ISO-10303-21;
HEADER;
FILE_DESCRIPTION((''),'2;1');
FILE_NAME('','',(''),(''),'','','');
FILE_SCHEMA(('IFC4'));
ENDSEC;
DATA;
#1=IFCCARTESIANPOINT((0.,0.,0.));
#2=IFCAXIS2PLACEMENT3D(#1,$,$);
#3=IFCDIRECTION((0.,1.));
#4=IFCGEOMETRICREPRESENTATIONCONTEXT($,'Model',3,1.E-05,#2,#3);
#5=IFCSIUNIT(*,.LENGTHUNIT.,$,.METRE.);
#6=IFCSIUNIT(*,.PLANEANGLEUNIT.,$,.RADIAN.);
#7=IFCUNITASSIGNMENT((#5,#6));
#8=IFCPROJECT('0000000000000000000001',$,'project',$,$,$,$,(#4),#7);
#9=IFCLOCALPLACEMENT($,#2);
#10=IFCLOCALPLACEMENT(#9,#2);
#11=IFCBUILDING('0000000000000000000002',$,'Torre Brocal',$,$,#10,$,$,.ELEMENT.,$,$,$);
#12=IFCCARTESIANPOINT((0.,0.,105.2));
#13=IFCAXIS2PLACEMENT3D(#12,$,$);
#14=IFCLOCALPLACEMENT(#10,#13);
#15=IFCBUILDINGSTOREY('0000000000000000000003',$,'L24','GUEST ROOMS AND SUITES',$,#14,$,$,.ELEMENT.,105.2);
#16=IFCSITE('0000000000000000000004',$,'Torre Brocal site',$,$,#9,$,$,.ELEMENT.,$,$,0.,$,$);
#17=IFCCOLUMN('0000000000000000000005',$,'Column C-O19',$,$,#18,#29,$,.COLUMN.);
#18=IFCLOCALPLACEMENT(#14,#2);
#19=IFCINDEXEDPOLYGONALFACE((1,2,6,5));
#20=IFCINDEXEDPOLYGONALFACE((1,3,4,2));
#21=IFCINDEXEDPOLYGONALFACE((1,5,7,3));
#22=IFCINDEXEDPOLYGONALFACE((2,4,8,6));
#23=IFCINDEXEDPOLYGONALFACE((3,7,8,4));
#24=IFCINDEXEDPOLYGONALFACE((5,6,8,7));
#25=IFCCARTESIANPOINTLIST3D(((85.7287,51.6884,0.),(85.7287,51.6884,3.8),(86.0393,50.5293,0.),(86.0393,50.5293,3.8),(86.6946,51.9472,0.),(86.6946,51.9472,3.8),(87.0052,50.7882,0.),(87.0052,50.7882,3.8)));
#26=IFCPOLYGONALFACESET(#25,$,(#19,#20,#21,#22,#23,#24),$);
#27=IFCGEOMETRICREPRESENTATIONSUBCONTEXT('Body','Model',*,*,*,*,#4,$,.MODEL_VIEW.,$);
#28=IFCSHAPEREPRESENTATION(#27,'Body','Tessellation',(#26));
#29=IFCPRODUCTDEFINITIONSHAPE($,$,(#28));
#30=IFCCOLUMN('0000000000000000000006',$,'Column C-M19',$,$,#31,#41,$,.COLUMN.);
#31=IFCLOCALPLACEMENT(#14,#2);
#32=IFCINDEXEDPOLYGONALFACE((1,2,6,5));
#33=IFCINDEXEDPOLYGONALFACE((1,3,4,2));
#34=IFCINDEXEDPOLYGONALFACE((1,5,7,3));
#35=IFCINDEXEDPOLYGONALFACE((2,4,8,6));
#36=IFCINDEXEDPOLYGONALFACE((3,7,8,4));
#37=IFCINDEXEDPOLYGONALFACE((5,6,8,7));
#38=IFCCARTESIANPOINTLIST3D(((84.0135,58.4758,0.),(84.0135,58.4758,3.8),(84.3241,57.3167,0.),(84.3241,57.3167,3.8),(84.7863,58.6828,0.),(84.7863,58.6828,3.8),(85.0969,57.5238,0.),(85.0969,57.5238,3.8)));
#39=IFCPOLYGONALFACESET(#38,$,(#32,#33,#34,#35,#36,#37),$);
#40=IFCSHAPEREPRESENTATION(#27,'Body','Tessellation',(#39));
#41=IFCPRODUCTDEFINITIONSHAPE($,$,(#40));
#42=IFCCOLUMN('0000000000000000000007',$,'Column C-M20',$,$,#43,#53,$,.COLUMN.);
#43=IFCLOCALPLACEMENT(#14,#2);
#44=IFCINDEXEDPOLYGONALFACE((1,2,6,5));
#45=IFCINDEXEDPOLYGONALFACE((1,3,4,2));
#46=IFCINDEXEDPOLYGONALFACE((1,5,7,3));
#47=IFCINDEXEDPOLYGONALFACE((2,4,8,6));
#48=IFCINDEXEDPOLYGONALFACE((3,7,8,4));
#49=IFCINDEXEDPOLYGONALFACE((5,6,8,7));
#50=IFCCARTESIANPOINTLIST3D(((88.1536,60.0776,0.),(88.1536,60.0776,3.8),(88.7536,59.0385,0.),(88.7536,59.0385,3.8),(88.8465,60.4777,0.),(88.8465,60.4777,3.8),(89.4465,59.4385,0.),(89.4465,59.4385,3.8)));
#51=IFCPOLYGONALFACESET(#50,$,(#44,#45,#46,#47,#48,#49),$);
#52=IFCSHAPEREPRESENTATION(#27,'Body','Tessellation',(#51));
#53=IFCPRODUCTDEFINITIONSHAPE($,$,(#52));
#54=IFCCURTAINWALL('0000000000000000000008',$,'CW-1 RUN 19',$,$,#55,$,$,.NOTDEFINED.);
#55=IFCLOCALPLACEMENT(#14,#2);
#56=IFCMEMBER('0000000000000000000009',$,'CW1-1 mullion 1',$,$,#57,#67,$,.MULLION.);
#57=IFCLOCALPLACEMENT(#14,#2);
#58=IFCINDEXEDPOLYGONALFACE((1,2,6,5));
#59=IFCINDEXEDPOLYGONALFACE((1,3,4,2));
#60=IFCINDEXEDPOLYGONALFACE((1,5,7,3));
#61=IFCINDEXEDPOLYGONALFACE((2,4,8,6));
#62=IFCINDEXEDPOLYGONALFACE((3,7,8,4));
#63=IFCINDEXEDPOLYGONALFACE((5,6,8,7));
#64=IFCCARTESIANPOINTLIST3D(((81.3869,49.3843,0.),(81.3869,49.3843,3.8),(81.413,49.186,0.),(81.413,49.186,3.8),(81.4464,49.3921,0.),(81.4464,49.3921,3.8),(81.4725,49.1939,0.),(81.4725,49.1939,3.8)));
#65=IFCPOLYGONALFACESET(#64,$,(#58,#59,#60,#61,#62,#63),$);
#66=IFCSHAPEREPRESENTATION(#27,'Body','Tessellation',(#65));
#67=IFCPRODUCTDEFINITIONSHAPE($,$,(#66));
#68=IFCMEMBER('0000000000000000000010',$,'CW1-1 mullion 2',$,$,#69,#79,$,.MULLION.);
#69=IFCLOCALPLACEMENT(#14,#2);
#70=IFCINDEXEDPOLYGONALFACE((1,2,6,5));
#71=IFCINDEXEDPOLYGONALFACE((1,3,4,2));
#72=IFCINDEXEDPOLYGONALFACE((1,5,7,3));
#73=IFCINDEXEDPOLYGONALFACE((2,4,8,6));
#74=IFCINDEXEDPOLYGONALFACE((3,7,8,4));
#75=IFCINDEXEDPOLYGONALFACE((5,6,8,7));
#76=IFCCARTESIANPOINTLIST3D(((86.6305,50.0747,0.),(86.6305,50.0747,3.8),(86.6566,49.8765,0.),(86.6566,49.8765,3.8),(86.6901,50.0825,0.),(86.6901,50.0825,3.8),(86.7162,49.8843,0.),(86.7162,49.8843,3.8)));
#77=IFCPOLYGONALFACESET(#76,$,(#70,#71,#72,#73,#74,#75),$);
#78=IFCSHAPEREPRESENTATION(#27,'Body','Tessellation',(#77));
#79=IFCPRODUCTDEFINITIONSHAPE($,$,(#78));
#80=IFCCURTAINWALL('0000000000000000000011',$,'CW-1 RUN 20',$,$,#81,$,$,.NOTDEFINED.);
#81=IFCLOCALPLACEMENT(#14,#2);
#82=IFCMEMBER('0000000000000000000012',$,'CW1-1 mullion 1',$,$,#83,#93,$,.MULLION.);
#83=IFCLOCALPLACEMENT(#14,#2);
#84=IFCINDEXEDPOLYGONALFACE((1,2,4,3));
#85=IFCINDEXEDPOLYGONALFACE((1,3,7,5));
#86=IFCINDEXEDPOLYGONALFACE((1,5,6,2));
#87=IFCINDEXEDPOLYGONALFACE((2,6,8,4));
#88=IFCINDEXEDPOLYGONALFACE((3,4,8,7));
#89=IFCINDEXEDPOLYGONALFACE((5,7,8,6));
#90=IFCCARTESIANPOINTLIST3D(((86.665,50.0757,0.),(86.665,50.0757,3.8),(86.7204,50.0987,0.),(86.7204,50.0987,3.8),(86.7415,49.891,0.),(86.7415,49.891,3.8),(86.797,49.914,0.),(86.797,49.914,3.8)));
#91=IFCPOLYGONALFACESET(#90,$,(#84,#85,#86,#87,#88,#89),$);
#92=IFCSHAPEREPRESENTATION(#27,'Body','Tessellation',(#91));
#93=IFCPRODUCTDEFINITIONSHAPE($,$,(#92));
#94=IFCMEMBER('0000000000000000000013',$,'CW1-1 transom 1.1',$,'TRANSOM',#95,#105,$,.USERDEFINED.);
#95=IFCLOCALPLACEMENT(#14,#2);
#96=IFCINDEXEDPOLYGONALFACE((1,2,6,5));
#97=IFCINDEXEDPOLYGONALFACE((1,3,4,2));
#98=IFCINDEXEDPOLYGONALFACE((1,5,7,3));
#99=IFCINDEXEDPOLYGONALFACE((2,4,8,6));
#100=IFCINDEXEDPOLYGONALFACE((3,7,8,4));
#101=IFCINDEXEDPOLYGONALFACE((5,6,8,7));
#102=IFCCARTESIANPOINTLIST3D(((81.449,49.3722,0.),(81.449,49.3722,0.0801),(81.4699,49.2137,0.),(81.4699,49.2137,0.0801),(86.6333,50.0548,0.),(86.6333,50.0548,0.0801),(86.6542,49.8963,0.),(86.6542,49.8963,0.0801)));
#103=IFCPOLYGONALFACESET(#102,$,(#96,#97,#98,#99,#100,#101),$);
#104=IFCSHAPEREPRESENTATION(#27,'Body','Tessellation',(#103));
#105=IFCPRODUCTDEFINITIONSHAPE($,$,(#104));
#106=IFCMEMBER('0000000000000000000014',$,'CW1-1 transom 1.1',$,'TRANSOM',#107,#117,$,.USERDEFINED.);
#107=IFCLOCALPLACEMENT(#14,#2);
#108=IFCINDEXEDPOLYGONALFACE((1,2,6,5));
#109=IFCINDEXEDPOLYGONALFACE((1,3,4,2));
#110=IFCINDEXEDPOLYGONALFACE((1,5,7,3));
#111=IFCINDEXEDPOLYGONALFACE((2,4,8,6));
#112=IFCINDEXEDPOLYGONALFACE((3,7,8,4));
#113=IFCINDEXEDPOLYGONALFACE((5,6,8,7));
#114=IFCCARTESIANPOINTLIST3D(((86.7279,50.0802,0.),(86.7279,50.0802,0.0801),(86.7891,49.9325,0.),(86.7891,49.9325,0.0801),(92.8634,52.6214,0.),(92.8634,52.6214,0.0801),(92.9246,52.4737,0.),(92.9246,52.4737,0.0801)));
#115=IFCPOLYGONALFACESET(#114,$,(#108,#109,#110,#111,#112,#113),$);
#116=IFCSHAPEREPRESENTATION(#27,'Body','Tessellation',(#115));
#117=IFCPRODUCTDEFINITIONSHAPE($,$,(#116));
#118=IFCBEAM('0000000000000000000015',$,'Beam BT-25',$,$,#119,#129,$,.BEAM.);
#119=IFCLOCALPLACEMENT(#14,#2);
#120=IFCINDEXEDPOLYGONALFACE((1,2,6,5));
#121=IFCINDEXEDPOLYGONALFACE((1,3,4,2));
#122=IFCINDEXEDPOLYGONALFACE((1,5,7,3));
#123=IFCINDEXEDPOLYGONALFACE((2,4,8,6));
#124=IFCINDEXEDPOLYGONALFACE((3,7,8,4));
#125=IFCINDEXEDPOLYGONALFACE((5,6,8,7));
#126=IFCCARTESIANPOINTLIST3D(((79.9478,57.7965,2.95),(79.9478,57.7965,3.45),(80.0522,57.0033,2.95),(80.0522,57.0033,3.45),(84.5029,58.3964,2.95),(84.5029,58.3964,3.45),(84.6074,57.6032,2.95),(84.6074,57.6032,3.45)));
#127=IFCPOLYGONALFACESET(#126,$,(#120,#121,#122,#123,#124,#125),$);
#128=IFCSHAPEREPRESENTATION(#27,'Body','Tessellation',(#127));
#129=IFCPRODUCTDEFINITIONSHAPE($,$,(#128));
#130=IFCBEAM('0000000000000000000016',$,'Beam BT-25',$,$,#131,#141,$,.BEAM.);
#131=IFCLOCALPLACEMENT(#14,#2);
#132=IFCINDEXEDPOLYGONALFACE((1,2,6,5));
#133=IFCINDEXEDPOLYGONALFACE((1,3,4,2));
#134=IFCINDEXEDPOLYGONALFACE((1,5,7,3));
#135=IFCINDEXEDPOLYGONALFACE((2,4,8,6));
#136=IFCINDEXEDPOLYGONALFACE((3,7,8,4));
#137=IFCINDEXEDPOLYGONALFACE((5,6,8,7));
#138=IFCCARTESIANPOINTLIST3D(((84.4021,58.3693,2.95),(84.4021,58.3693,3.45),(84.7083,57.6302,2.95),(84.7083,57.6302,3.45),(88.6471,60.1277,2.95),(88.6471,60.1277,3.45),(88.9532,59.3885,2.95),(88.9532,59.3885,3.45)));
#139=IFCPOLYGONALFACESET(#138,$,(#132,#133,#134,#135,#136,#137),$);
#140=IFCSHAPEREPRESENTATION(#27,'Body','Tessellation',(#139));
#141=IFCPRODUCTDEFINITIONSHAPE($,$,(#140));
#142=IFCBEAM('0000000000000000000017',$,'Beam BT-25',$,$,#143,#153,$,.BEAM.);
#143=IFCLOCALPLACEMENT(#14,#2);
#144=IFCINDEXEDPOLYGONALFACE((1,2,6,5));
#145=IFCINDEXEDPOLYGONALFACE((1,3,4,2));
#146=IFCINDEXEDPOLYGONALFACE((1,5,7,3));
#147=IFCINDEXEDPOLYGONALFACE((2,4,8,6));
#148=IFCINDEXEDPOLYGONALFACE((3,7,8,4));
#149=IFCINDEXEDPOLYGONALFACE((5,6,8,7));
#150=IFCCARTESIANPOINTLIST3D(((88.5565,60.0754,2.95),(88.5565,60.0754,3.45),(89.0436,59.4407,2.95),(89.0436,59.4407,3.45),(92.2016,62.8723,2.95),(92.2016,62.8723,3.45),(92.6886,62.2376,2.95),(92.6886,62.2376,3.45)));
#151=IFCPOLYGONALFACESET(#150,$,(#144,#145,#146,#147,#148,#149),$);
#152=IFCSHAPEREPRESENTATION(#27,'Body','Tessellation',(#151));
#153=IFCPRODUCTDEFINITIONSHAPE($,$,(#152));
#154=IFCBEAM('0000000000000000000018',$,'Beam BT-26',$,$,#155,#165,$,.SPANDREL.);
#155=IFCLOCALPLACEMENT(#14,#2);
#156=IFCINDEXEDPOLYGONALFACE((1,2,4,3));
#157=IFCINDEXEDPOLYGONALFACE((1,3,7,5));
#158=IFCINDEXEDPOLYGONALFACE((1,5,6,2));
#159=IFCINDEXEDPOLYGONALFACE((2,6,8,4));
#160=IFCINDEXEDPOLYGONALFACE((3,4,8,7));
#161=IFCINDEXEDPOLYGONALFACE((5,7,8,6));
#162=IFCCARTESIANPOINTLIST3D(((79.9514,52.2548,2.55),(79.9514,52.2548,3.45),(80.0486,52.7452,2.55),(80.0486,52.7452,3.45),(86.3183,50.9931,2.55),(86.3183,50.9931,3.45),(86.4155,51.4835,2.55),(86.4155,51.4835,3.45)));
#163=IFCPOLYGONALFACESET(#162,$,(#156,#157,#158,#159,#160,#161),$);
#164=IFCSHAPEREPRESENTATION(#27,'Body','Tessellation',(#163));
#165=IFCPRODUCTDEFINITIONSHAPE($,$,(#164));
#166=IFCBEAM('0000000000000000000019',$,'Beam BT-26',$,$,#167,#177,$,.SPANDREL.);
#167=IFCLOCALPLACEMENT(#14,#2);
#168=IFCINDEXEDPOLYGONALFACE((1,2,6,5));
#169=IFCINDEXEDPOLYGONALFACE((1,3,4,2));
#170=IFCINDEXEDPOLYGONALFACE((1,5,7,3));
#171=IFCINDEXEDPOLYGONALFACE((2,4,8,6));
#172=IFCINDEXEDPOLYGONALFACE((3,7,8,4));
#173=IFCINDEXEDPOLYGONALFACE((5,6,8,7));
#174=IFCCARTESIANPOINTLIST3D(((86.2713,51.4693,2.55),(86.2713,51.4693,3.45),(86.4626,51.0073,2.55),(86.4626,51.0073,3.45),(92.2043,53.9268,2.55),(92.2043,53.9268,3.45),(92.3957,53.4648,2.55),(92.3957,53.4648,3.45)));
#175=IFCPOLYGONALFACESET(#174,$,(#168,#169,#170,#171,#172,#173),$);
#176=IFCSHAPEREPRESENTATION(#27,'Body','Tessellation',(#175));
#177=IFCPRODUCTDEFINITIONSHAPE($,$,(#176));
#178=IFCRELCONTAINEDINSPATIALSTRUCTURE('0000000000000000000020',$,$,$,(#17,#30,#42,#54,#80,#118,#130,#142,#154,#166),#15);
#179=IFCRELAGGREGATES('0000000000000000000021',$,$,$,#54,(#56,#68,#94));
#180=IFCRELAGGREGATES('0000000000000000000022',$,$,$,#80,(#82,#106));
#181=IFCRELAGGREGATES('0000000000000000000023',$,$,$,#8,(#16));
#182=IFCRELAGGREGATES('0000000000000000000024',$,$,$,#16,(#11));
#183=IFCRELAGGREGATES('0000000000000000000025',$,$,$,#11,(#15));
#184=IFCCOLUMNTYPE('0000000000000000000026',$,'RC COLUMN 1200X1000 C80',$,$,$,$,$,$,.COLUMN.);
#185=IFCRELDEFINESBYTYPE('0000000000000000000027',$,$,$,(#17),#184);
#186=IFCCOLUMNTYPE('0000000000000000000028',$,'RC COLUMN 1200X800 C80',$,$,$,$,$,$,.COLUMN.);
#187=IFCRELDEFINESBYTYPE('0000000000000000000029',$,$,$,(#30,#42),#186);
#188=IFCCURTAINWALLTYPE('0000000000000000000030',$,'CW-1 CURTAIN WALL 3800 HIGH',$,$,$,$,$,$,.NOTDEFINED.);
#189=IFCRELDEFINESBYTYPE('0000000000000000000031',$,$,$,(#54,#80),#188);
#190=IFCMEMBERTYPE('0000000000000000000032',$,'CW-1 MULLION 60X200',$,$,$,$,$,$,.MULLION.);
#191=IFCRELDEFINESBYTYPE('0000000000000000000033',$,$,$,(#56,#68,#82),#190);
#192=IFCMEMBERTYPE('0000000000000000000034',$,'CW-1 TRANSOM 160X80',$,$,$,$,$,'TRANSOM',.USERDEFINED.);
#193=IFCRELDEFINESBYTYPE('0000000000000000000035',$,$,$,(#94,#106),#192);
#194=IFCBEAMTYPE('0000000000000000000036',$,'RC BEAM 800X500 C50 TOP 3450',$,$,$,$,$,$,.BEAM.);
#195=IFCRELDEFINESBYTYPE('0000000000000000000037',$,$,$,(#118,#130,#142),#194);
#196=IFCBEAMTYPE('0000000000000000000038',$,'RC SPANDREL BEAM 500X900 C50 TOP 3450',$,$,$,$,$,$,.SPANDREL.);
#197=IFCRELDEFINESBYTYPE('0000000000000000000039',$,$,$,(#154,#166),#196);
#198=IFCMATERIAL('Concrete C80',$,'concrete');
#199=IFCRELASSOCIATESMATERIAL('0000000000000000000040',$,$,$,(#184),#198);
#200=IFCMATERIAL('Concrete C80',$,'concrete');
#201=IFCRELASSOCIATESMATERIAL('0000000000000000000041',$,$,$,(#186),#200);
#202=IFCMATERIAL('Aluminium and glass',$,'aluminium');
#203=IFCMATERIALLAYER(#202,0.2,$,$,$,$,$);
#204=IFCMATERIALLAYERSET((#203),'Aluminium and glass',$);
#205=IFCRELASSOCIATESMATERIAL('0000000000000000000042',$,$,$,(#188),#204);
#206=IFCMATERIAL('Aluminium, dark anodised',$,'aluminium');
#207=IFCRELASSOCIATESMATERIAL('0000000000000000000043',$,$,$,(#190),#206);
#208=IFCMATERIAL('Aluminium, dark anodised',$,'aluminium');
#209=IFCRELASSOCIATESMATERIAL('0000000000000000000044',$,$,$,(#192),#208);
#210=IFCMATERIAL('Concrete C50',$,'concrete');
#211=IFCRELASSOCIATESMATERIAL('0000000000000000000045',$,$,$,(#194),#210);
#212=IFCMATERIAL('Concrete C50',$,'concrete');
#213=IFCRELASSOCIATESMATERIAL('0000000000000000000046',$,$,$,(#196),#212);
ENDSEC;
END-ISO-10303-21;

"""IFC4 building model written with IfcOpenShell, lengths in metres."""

from ifc_helpers import new_model, si_unit, direction, frame, origin, origin_2d, place, context, subcontext, project, spatial, rectangle, extrude, material, layer, layer_set, material_profile, profile_set, type_object, element, aggregate, save


model = new_model("IFC4")

# Units and contexts
model_context = context("Model", 3, precision=1e-05, world=origin(), true_north=direction((0.0, 1.0)))
body_context = subcontext(model_context, "Body", "Model", "MODEL_VIEW")
ifc_project = project(units=[si_unit("LENGTHUNIT", "METRE"), si_unit("PLANEANGLEUNIT", "RADIAN")], contexts=[model_context])

# Site, building, storey
site_placement = place(None, origin())
site = spatial("IfcSite", under=ifc_project, at=site_placement, Name="Torre Brocal site", CompositionType="ELEMENT", RefElevation=0.0)
building_placement = place(site_placement, origin())
building = spatial("IfcBuilding", under=site, at=building_placement, Name="Torre Brocal", CompositionType="ELEMENT")
storey_placement = place(building_placement, frame((0.0, 0.0, 105.2)))
storey = spatial("IfcBuildingStorey", under=building, at=storey_placement, Name="L24", Description="GUEST ROOMS AND SUITES", CompositionType="ELEMENT", Elevation=105.2)

# Columns
ifc_material_1 = material(Name="Concrete C80", Category="concrete")
ifc_material_profile_1 = material_profile(ifc_material_1, rectangle(XDim=1.2, YDim=1.0, at=origin_2d()), Name="RC 1200X1000")
ifc_profile_set_1 = profile_set([ifc_material_profile_1], Name="Concrete C80")
column_type_1 = type_object("IfcColumnType", Name="RC COLUMN 1200X1000 C80", PredefinedType="COLUMN", material=ifc_profile_set_1)
column_placement = place(storey_placement, frame((86.3669, 51.2383, 0.0), z_axis=(0.0, 0.0, 1.0), x_axis=(0.258819, -0.965926, 0.0)))
element("IfcColumn", 1, at=column_placement, inside=storey, type_object=column_type_1, Name="Column C-O19", PredefinedType="COLUMN", context=body_context, shape_type="SweptSolid", body=[
    extrude(rectangle(XDim=1.2, YDim=1.0, at=origin_2d()), origin(), (0.0, 0.0, 1.0), 3.8),
])
ifc_material_2 = material(Name="Concrete C80", Category="concrete")
ifc_material_profile_2 = material_profile(ifc_material_2, rectangle(XDim=1.2, YDim=0.8, at=origin_2d()), Name="RC 1200X800")
ifc_profile_set_2 = profile_set([ifc_material_profile_2], Name="Concrete C80")
column_type_2 = type_object("IfcColumnType", Name="RC COLUMN 1200X800 C80", PredefinedType="COLUMN", material=ifc_profile_set_2)
for number, where, z_axis, x_axis, name in (
    (2, (84.5552, 57.9998, 0.0), (0.0, 0.0, 1.0), (0.258819, -0.965926, 0.0), "Column C-M19"),
    (3, (88.8, 59.7581, 0.0), (0.0, 0.0, 1.0), (0.5, -0.866025, 0.0), "Column C-M20"),
):
    element("IfcColumn", number, at=place(storey_placement, frame(where, z_axis=z_axis, x_axis=x_axis)), inside=storey, type_object=column_type_2, Name=name, PredefinedType="COLUMN", context=body_context, shape_type="SweptSolid", body=[
        extrude(rectangle(XDim=1.2, YDim=0.8, at=origin_2d()), origin(), (0.0, 0.0, 1.0), 3.8),
    ])

# Curtain wall, members
ifc_material_3 = material(Name="Aluminium and glass", Category="aluminium")
ifc_layer_1 = layer(ifc_material_3, 0.2)
ifc_layer_set_1 = layer_set([ifc_layer_1], Name="Aluminium and glass")
curtain_wall_type = type_object("IfcCurtainWallType", Name="CW-1 CURTAIN WALL 3800 HIGH", PredefinedType="NOTDEFINED", material=ifc_layer_set_1)
curtain_wall_1_placement = place(storey_placement, origin())
curtain_wall_1 = element("IfcCurtainWall", 4, at=curtain_wall_1_placement, inside=storey, type_object=curtain_wall_type, Name="CW-1 RUN 19", PredefinedType="NOTDEFINED")
ifc_material_4 = material(Name="Aluminium, dark anodised", Category="aluminium")
ifc_material_profile_3 = material_profile(ifc_material_4, rectangle(XDim=0.2, YDim=0.0601, at=origin_2d()), Name="CW-1 MULLION 60X200")
ifc_profile_set_3 = profile_set([ifc_material_profile_3], Name="Aluminium, dark anodised")
member_type_1 = type_object("IfcMemberType", Name="CW-1 MULLION 60X200", PredefinedType="MULLION", material=ifc_profile_set_3)
member_1_placement = place(storey_placement, frame((81.4297, 49.2891, 0.0), z_axis=(0.0, 0.0, 1.0), x_axis=(-0.130526, 0.991445, 0.0)))
member_1 = element("IfcMember", 5, at=member_1_placement, type_object=member_type_1, Name="CW1-1 mullion 1", PredefinedType="MULLION", context=body_context, shape_type="SweptSolid", body=[
    extrude(rectangle(XDim=0.2, YDim=0.0601, at=origin_2d()), origin(), (0.0, 0.0, 1.0), 3.8),
])
member_2_placement = place(storey_placement, frame((86.6733, 49.9795, 0.0), z_axis=(0.0, 0.0, 1.0), x_axis=(-0.130526, 0.991445, 0.0)))
member_2 = element("IfcMember", 6, at=member_2_placement, type_object=member_type_1, Name="CW1-1 mullion 2", PredefinedType="MULLION", context=body_context, shape_type="SweptSolid", body=[
    extrude(rectangle(XDim=0.2, YDim=0.0601, at=origin_2d()), origin(), (0.0, 0.0, 1.0), 3.8),
])

# Curtain wall, member
curtain_wall_2_placement = place(storey_placement, origin())
curtain_wall_2 = element("IfcCurtainWall", 7, at=curtain_wall_2_placement, inside=storey, type_object=curtain_wall_type, Name="CW-1 RUN 20", PredefinedType="NOTDEFINED")
member_3_placement = place(storey_placement, frame((86.731, 49.9949, 0.0), z_axis=(0.0, 0.0, 1.0), x_axis=(-0.382683, 0.92388, 0.0)))
member_3 = element("IfcMember", 8, at=member_3_placement, type_object=member_type_1, Name="CW1-1 mullion 1", PredefinedType="MULLION", context=body_context, shape_type="SweptSolid", body=[
    extrude(rectangle(XDim=0.2, YDim=0.0601, at=origin_2d()), origin(), (0.0, 0.0, 1.0), 3.8),
])

# Members
ifc_material_5 = material(Name="Aluminium, dark anodised", Category="aluminium")
ifc_material_profile_4 = material_profile(ifc_material_5, rectangle(XDim=0.1599, YDim=0.0801, at=origin_2d()), Name="CW-1 TRANSOM 160X80")
ifc_profile_set_4 = profile_set([ifc_material_profile_4], Name="Aluminium, dark anodised")
member_type_2 = type_object("IfcMemberType", Name="CW-1 TRANSOM 160X80", ElementType="TRANSOM", PredefinedType="USERDEFINED", material=ifc_profile_set_4)
member_4_placement = place(storey_placement, frame((81.4595, 49.293, 0.04), z_axis=(0.991443, 0.130543, 0.0), x_axis=(-0.130543, 0.991443, 0.0)))
member_4 = element("IfcMember", 9, at=member_4_placement, type_object=member_type_2, Name="CW1-1 transom 1.1", ObjectType="TRANSOM", PredefinedType="USERDEFINED", context=body_context, shape_type="SweptSolid", body=[
    extrude(rectangle(XDim=0.1599, YDim=0.0801, at=origin_2d()), origin(), (0.0, 0.0, 1.0), 5.229),
])
member_5_placement = place(storey_placement, frame((86.7585, 50.0063, 0.04), z_axis=(0.923887, 0.382665, 0.0), x_axis=(-0.382665, 0.923887, 0.0)))
member_5 = element("IfcMember", 10, at=member_5_placement, type_object=member_type_2, Name="CW1-1 transom 1.1", ObjectType="TRANSOM", PredefinedType="USERDEFINED", context=body_context, shape_type="SweptSolid", body=[
    extrude(rectangle(XDim=0.1599, YDim=0.0801, at=origin_2d()), origin(), (0.0, 0.0, 1.0), 6.6409),
])

# Beams
ifc_material_6 = material(Name="Concrete C50", Category="concrete")
ifc_material_profile_5 = material_profile(ifc_material_6, rectangle(XDim=0.8, YDim=0.5, at=origin_2d()), Name="RC 800X500")
ifc_profile_set_5 = profile_set([ifc_material_profile_5], Name="Concrete C50")
beam_type_1 = type_object("IfcBeamType", Name="RC BEAM 800X500 C50 TOP 3450", PredefinedType="BEAM", material=ifc_profile_set_5)
beam_1_placement = place(storey_placement, frame((80.0, 57.3999, 3.2), z_axis=(0.991441, 0.130559, 0.0), x_axis=(-0.130559, 0.991441, 0.0)))
element("IfcBeam", 11, at=beam_1_placement, inside=storey, type_object=beam_type_1, Name="Beam BT-25", PredefinedType="BEAM", context=body_context, shape_type="SweptSolid", body=[
    extrude(rectangle(XDim=0.8, YDim=0.5, at=origin_2d()), origin(), (0.0, 0.0, 1.0), 4.5945),
])
beam_2_placement = place(storey_placement, frame((84.5552, 57.9998, 3.2), z_axis=(0.923878, 0.382687, 0.0), x_axis=(-0.382687, 0.923878, 0.0)))
element("IfcBeam", 12, at=beam_2_placement, inside=storey, type_object=beam_type_1, Name="Beam BT-25", PredefinedType="BEAM", context=body_context, shape_type="SweptSolid", body=[
    extrude(rectangle(XDim=0.8, YDim=0.5, at=origin_2d()), origin(), (0.0, 0.0, 1.0), 4.5947),
])
beam_3_placement = place(storey_placement, frame((88.8, 59.7581, 3.2), z_axis=(0.793358, 0.608755, 0.0), x_axis=(-0.608755, 0.793358, 0.0)))
element("IfcBeam", 13, at=beam_3_placement, inside=storey, type_object=beam_type_1, Name="Beam BT-25", PredefinedType="BEAM", context=body_context, shape_type="SweptSolid", body=[
    extrude(rectangle(XDim=0.8, YDim=0.5, at=origin_2d()), origin(), (0.0, 0.0, 1.0), 4.5945),
])
ifc_material_7 = material(Name="Concrete C50", Category="concrete")
ifc_material_profile_6 = material_profile(ifc_material_7, rectangle(XDim=0.5, YDim=0.8999, at=origin_2d()), Name="RC 500X900")
ifc_profile_set_6 = profile_set([ifc_material_profile_6], Name="Concrete C50")
beam_type_2 = type_object("IfcBeamType", Name="RC SPANDREL BEAM 500X900 C50 TOP 3450", PredefinedType="SPANDREL", material=ifc_profile_set_6)
beam_4_placement = place(storey_placement, frame((80.0, 52.5, 3.0), z_axis=(0.980925, -0.194387, 0.0), x_axis=(0.194387, 0.980925, 0.0)))
element("IfcBeam", 14, at=beam_4_placement, inside=storey, type_object=beam_type_2, Name="Beam BT-26", PredefinedType="SPANDREL", context=body_context, shape_type="SweptSolid", body=[
    extrude(rectangle(XDim=0.5, YDim=0.8999, at=origin_2d()), origin(), (0.0, 0.0, 1.0), 6.4907),
])
beam_5_placement = place(storey_placement, frame((86.3669, 51.2383, 3.0), z_axis=(0.923882, 0.382676, 0.0), x_axis=(-0.382676, 0.923882, 0.0)))
element("IfcBeam", 15, at=beam_5_placement, inside=storey, type_object=beam_type_2, Name="Beam BT-26", PredefinedType="SPANDREL", context=body_context, shape_type="SweptSolid", body=[
    extrude(rectangle(XDim=0.5, YDim=0.8999, at=origin_2d()), origin(), (0.0, 0.0, 1.0), 6.4219),
])

aggregate(curtain_wall_1, [member_1, member_2, member_4])
aggregate(curtain_wall_2, [member_3, member_5])

save(model, "model.ifc")
